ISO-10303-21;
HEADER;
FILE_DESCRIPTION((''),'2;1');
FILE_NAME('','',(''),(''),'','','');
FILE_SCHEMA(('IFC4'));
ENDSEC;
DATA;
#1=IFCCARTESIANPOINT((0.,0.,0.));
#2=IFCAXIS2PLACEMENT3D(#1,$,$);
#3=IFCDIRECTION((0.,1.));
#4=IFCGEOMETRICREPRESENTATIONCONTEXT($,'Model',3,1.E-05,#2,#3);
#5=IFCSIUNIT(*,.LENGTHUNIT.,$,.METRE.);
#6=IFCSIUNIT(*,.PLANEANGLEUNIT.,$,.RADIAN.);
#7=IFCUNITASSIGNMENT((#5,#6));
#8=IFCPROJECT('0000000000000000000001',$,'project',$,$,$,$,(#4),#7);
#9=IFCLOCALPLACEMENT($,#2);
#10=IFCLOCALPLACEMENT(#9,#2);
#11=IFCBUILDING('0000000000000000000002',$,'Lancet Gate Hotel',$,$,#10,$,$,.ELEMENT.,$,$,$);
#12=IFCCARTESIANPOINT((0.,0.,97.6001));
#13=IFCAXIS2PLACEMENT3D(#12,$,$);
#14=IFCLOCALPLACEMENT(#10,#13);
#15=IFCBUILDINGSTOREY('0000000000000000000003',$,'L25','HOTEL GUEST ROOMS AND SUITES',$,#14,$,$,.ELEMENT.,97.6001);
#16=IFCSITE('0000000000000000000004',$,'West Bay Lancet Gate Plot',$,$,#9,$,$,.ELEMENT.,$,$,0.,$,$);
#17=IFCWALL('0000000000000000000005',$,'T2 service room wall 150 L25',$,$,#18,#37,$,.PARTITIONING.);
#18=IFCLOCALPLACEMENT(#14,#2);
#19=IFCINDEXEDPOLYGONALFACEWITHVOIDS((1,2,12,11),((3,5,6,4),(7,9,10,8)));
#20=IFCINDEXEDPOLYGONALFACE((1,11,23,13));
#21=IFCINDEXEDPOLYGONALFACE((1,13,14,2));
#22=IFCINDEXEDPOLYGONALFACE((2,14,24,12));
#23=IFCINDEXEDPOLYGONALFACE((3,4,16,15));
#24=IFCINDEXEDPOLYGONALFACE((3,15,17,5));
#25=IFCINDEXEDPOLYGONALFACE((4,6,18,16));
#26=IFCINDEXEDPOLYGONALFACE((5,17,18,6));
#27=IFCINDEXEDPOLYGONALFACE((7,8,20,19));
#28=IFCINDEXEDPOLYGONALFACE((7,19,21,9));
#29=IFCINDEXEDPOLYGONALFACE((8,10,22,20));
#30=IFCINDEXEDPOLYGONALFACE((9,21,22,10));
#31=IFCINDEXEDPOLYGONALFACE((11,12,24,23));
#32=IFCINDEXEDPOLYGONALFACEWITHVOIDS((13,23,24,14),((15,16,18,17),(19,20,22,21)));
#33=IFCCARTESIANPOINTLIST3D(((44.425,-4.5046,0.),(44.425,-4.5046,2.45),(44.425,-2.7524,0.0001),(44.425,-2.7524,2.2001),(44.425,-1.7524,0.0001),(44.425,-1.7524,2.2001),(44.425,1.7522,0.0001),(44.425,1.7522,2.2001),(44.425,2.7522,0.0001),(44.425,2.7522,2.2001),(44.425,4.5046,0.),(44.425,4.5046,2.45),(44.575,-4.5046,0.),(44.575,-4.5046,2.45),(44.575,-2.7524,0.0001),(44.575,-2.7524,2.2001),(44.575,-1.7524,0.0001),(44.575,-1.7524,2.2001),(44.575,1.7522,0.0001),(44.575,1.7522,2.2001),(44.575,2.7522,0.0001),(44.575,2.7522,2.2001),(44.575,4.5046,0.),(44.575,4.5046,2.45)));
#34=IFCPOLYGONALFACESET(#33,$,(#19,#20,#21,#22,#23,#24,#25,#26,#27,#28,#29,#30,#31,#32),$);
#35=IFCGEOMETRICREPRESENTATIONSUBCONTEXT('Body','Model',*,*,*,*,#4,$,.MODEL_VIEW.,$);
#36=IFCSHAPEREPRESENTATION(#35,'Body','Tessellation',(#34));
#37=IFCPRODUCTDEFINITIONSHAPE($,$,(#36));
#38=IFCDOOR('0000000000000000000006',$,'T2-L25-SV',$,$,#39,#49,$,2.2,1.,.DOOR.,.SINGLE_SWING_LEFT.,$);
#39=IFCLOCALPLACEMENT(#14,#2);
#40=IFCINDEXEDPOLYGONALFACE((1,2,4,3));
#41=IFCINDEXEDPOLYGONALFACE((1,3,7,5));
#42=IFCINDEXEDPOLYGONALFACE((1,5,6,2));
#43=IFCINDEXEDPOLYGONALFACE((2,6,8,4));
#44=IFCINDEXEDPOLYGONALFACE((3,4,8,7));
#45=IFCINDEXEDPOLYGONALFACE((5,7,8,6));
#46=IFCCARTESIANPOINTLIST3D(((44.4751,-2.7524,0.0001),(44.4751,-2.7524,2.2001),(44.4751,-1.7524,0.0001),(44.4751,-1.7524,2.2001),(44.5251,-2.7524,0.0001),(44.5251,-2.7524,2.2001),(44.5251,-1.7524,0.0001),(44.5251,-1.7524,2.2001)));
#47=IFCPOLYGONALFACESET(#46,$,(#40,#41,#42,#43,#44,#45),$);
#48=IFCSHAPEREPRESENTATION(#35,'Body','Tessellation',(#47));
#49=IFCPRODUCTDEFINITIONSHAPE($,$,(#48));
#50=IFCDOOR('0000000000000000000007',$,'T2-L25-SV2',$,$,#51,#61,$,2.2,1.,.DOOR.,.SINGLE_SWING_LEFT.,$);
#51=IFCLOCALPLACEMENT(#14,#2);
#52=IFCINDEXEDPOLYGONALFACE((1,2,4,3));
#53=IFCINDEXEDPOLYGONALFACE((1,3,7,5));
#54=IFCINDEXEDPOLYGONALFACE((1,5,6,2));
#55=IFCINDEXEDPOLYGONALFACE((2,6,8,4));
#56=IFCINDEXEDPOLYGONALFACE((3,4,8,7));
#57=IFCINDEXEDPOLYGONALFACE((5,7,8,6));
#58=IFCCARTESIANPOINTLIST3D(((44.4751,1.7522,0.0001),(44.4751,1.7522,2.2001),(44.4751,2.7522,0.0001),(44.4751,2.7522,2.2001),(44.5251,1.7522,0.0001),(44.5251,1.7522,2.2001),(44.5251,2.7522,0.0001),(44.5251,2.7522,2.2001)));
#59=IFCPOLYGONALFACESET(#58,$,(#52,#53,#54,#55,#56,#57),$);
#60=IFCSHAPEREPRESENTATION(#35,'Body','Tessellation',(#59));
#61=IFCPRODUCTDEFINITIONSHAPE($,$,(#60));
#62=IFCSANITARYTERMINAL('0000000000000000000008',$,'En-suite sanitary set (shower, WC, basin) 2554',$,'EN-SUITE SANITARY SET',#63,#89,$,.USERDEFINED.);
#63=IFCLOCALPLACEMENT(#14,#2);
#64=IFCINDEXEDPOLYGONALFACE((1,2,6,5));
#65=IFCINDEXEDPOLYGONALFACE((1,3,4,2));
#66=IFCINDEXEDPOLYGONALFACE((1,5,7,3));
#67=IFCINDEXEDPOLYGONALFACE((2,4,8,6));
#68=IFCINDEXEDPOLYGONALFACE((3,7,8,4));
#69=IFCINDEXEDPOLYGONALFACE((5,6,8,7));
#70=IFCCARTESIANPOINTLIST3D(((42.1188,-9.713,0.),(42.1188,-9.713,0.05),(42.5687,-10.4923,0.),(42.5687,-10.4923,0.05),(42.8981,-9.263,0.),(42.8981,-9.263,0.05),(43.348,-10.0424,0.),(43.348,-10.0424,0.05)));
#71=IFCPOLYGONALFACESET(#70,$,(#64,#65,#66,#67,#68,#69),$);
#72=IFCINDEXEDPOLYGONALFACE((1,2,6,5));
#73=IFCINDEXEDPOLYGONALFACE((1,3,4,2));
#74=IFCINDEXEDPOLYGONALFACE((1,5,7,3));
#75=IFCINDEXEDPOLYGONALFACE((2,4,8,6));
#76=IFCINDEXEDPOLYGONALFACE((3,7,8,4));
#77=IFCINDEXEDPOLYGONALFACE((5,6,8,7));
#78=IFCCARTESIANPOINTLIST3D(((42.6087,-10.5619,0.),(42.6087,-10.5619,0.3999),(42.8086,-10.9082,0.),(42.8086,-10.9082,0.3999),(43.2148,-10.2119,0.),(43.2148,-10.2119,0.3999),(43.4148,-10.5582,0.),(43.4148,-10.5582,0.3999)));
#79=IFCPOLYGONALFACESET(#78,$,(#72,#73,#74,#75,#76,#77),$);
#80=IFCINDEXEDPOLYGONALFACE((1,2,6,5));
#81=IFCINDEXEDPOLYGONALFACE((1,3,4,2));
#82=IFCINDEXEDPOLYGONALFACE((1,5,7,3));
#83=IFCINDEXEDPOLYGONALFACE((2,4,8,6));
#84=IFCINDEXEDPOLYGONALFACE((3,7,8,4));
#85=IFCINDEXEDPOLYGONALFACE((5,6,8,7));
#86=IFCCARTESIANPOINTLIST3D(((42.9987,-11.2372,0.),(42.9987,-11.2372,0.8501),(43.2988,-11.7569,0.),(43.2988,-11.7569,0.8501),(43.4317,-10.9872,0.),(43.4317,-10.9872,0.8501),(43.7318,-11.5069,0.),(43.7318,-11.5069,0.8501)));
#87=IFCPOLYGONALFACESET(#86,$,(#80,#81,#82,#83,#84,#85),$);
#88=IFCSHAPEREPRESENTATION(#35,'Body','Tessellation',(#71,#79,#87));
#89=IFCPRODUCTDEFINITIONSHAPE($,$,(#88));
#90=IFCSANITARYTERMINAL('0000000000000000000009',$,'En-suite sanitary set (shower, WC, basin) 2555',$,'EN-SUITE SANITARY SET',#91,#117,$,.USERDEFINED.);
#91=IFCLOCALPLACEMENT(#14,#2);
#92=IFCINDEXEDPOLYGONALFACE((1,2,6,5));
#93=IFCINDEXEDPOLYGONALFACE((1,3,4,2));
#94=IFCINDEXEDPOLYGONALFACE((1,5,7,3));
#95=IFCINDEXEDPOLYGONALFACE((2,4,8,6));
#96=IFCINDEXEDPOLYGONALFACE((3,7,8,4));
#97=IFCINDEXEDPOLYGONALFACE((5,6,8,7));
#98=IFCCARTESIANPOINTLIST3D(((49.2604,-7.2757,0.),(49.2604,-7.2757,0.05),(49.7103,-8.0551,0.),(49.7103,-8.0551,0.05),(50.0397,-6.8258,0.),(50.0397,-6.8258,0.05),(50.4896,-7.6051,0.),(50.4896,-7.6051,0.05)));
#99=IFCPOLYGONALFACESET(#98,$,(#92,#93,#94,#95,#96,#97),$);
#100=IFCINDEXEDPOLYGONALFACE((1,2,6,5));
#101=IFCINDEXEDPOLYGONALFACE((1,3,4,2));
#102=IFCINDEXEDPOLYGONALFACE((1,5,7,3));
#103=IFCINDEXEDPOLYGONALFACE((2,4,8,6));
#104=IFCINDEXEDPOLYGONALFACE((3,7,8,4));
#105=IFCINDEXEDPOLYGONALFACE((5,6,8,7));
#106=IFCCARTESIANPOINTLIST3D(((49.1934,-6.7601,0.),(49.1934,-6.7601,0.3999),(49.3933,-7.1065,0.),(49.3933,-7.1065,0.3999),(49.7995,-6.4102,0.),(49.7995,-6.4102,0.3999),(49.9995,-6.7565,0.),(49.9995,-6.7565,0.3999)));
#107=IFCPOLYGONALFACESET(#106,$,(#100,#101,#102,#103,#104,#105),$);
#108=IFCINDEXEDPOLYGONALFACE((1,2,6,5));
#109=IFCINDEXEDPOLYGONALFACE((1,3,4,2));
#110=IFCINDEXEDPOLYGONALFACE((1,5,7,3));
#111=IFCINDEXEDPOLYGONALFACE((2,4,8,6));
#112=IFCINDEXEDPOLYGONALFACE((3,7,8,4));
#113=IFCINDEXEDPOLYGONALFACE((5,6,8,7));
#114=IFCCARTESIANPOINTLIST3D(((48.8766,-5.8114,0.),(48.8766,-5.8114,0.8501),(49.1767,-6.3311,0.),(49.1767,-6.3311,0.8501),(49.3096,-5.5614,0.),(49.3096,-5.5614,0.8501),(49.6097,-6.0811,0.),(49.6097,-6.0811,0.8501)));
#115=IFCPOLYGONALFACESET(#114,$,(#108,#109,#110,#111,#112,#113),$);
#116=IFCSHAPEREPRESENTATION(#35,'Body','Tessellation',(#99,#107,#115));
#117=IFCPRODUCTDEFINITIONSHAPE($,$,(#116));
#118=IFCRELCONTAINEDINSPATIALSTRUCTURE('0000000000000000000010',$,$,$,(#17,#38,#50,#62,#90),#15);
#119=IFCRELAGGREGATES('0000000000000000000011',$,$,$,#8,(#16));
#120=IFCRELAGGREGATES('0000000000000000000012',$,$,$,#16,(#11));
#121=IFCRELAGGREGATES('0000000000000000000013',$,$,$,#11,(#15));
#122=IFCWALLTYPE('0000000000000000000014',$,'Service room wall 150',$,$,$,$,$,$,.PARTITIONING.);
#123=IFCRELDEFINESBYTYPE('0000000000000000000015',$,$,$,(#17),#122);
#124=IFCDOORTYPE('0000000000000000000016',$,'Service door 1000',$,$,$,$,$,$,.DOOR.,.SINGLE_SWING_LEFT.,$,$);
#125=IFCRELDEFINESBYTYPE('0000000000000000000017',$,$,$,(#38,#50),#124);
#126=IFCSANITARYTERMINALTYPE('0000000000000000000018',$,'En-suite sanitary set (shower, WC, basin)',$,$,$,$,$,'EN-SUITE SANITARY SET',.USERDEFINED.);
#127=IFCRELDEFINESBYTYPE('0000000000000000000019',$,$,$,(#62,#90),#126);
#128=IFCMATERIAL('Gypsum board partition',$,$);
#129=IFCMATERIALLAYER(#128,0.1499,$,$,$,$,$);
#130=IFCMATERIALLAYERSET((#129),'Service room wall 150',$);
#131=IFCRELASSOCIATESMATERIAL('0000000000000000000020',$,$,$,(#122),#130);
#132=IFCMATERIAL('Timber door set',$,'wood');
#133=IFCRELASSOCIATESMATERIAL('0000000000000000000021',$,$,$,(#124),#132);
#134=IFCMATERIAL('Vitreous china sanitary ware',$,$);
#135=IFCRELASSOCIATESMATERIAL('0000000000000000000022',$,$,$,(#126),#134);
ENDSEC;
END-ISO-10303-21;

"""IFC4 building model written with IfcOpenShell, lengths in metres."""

from ifc_helpers import new_model, si_unit, direction, frame, frame_2d, origin, origin_2d, place, context, subcontext, project, spatial, rectangle, extrude, material, layer, layer_set, type_object, element, fill, save


model = new_model("IFC4")

# Units and contexts
model_context = context("Model", 3, precision=1e-05, world=origin(), true_north=direction((0.0, 1.0)))
body_context = subcontext(model_context, "Body", "Model", "MODEL_VIEW")
ifc_project = project(units=[si_unit("LENGTHUNIT", "METRE"), si_unit("PLANEANGLEUNIT", "RADIAN")], contexts=[model_context])

# Site, building, storey
site_placement = place(None, origin())
site = spatial("IfcSite", under=ifc_project, at=site_placement, Name="West Bay Lancet Gate Plot", CompositionType="ELEMENT", RefElevation=0.0)
building_placement = place(site_placement, origin())
building = spatial("IfcBuilding", under=site, at=building_placement, Name="Lancet Gate Hotel", CompositionType="ELEMENT")
storey_placement = place(building_placement, frame((0.0, 0.0, 97.6001)))
storey = spatial("IfcBuildingStorey", under=building, at=storey_placement, Name="L25", Description="HOTEL GUEST ROOMS AND SUITES", CompositionType="ELEMENT", Elevation=97.6001)

# Shared definitions
ifc_material_1 = material(Name="Gypsum board partition")
ifc_layer_1 = layer(ifc_material_1, 0.1499)
ifc_layer_set_1 = layer_set([ifc_layer_1], Name="Service room wall 150")
wall_type_1 = type_object("IfcWallType", Name="Service room wall 150", PredefinedType="PARTITIONING", material=ifc_layer_set_1)

# Wall, openings, doors
wall_1_placement = place(storey_placement, frame((44.5, -4.5046, 0.0), z_axis=(0.0, 0.0, 1.0), x_axis=(0.0, 1.0, 0.0)))
wall_1 = element("IfcWall", 1, at=wall_1_placement, inside=storey, type_object=wall_type_1, Name="T2 service room wall 150 L25", PredefinedType="PARTITIONING", context=body_context, shape_type="SweptSolid", body=[
    extrude(rectangle(XDim=9.0093, YDim=0.1499, at=frame_2d((4.5046, 0.0))), origin(), (0.0, 0.0, 1.0), 2.45),
])
opening_1_placement = place(wall_1_placement, frame((1.7522, 0.0, 0.0)))
opening_1 = element("IfcOpeningElement", 2, at=opening_1_placement, cuts=wall_1, PredefinedType="OPENING", context=body_context, shape_type="SweptSolid", body=[
    extrude(rectangle(XDim=1.0, YDim=2.2, at=frame_2d((0.5, 1.1001))), frame((0.0, 0.085, 0.0), z_axis=(0.0, -1.0, 0.0), x_axis=(1.0, 0.0, 0.0)), (0.0, 0.0, 1.0), 0.1699),
])
opening_2_placement = place(wall_1_placement, frame((6.2568, 0.0, 0.0)))
opening_2 = element("IfcOpeningElement", 3, at=opening_2_placement, cuts=wall_1, PredefinedType="OPENING", context=body_context, shape_type="SweptSolid", body=[
    extrude(rectangle(XDim=1.0, YDim=2.2, at=frame_2d((0.5, 1.1001))), frame((0.0, 0.085, 0.0), z_axis=(0.0, -1.0, 0.0), x_axis=(1.0, 0.0, 0.0)), (0.0, 0.0, 1.0), 0.1699),
])
ifc_material_2 = material(Name="Timber door set", Category="wood")
door_type_1 = type_object("IfcDoorType", Name="Service door 1000", OperationType="SINGLE_SWING_LEFT", PredefinedType="DOOR", material=ifc_material_2)
door_1_placement = place(opening_1_placement, origin())
door_1 = element("IfcDoor", 4, at=door_1_placement, inside=storey, type_object=door_type_1, Name="T2-L25-SV", OperationType="SINGLE_SWING_LEFT", OverallHeight=2.2, OverallWidth=1.0, PredefinedType="DOOR", context=body_context, shape_type="SweptSolid", body=[
    extrude(rectangle(XDim=1.0, YDim=2.2, at=frame_2d((0.5, 1.1001))), frame((0.0, 0.0249, 0.0), z_axis=(0.0, -1.0, 0.0), x_axis=(1.0, 0.0, 0.0)), (0.0, 0.0, 1.0), 0.05),
])
fill(opening_1, door_1)
door_2_placement = place(opening_2_placement, origin())
door_2 = element("IfcDoor", 5, at=door_2_placement, inside=storey, type_object=door_type_1, Name="T2-L25-SV2", OperationType="SINGLE_SWING_LEFT", OverallHeight=2.2, OverallWidth=1.0, PredefinedType="DOOR", context=body_context, shape_type="SweptSolid", body=[
    extrude(rectangle(XDim=1.0, YDim=2.2, at=frame_2d((0.5, 1.1001))), frame((0.0, 0.0249, 0.0), z_axis=(0.0, -1.0, 0.0), x_axis=(1.0, 0.0, 0.0)), (0.0, 0.0, 1.0), 0.05),
])
fill(opening_2, door_2)

# Sanitary terminals
ifc_material_3 = material(Name="Vitreous china sanitary ware")
sanitary_terminal_type = type_object("IfcSanitaryTerminalType", Name="En-suite sanitary set (shower, WC, basin)", ElementType="EN-SUITE SANITARY SET", PredefinedType="USERDEFINED", material=ifc_material_3)
sanitary_terminal_1_placement = place(storey_placement, frame((42.7334, -9.8777, 0.0), z_axis=(0.0, 0.0, 1.0), x_axis=(1.0, 0.0, 0.0)))
element("IfcSanitaryTerminal", 6, at=sanitary_terminal_1_placement, inside=storey, type_object=sanitary_terminal_type, Name="En-suite sanitary set (shower, WC, basin) 2554", ObjectType="EN-SUITE SANITARY SET", PredefinedType="USERDEFINED", context=body_context, shape_type="SweptSolid", body=[
    extrude(rectangle(XDim=0.8999, YDim=0.8999, at=origin_2d()), frame((0.0, 0.0, 0.0), z_axis=(0.0, 0.0, 1.0), x_axis=(-0.5, 0.866025, 0.0)), (0.0, 0.0, 1.0), 0.05),
    extrude(rectangle(XDim=0.3999, YDim=0.7, at=origin_2d()), frame((0.2783, -0.6824, 0.0), z_axis=(0.0, 0.0, 1.0), x_axis=(-0.5, 0.866025, 0.0)), (0.0, 0.0, 1.0), 0.3999),
    extrude(rectangle(XDim=0.6001, YDim=0.5, at=origin_2d()), frame((0.6318, -1.4944, 0.0), z_axis=(0.0, 0.0, 1.0), x_axis=(-0.5, 0.866025, 0.0)), (0.0, 0.0, 1.0), 0.8501),
])
sanitary_terminal_2_placement = place(storey_placement, frame((49.875, -7.4404, 0.0), z_axis=(0.0, 0.0, 1.0), x_axis=(1.0, 0.0, 0.0)))
element("IfcSanitaryTerminal", 7, at=sanitary_terminal_2_placement, inside=storey, type_object=sanitary_terminal_type, Name="En-suite sanitary set (shower, WC, basin) 2555", ObjectType="EN-SUITE SANITARY SET", PredefinedType="USERDEFINED", context=body_context, shape_type="SweptSolid", body=[
    extrude(rectangle(XDim=0.8999, YDim=0.8999, at=origin_2d()), frame((0.0, 0.0, 0.0), z_axis=(0.0, 0.0, 1.0), x_axis=(0.5, -0.866025, 0.0)), (0.0, 0.0, 1.0), 0.05),
    extrude(rectangle(XDim=0.3999, YDim=0.7, at=origin_2d()), frame((-0.2786, 0.6821, 0.0), z_axis=(0.0, 0.0, 1.0), x_axis=(0.5, -0.866025, 0.0)), (0.0, 0.0, 1.0), 0.3999),
    extrude(rectangle(XDim=0.6001, YDim=0.5, at=origin_2d()), frame((-0.6318, 1.4941, 0.0), z_axis=(0.0, 0.0, 1.0), x_axis=(0.5, -0.866025, 0.0)), (0.0, 0.0, 1.0), 0.8501),
])

save(model, "model.ifc")
